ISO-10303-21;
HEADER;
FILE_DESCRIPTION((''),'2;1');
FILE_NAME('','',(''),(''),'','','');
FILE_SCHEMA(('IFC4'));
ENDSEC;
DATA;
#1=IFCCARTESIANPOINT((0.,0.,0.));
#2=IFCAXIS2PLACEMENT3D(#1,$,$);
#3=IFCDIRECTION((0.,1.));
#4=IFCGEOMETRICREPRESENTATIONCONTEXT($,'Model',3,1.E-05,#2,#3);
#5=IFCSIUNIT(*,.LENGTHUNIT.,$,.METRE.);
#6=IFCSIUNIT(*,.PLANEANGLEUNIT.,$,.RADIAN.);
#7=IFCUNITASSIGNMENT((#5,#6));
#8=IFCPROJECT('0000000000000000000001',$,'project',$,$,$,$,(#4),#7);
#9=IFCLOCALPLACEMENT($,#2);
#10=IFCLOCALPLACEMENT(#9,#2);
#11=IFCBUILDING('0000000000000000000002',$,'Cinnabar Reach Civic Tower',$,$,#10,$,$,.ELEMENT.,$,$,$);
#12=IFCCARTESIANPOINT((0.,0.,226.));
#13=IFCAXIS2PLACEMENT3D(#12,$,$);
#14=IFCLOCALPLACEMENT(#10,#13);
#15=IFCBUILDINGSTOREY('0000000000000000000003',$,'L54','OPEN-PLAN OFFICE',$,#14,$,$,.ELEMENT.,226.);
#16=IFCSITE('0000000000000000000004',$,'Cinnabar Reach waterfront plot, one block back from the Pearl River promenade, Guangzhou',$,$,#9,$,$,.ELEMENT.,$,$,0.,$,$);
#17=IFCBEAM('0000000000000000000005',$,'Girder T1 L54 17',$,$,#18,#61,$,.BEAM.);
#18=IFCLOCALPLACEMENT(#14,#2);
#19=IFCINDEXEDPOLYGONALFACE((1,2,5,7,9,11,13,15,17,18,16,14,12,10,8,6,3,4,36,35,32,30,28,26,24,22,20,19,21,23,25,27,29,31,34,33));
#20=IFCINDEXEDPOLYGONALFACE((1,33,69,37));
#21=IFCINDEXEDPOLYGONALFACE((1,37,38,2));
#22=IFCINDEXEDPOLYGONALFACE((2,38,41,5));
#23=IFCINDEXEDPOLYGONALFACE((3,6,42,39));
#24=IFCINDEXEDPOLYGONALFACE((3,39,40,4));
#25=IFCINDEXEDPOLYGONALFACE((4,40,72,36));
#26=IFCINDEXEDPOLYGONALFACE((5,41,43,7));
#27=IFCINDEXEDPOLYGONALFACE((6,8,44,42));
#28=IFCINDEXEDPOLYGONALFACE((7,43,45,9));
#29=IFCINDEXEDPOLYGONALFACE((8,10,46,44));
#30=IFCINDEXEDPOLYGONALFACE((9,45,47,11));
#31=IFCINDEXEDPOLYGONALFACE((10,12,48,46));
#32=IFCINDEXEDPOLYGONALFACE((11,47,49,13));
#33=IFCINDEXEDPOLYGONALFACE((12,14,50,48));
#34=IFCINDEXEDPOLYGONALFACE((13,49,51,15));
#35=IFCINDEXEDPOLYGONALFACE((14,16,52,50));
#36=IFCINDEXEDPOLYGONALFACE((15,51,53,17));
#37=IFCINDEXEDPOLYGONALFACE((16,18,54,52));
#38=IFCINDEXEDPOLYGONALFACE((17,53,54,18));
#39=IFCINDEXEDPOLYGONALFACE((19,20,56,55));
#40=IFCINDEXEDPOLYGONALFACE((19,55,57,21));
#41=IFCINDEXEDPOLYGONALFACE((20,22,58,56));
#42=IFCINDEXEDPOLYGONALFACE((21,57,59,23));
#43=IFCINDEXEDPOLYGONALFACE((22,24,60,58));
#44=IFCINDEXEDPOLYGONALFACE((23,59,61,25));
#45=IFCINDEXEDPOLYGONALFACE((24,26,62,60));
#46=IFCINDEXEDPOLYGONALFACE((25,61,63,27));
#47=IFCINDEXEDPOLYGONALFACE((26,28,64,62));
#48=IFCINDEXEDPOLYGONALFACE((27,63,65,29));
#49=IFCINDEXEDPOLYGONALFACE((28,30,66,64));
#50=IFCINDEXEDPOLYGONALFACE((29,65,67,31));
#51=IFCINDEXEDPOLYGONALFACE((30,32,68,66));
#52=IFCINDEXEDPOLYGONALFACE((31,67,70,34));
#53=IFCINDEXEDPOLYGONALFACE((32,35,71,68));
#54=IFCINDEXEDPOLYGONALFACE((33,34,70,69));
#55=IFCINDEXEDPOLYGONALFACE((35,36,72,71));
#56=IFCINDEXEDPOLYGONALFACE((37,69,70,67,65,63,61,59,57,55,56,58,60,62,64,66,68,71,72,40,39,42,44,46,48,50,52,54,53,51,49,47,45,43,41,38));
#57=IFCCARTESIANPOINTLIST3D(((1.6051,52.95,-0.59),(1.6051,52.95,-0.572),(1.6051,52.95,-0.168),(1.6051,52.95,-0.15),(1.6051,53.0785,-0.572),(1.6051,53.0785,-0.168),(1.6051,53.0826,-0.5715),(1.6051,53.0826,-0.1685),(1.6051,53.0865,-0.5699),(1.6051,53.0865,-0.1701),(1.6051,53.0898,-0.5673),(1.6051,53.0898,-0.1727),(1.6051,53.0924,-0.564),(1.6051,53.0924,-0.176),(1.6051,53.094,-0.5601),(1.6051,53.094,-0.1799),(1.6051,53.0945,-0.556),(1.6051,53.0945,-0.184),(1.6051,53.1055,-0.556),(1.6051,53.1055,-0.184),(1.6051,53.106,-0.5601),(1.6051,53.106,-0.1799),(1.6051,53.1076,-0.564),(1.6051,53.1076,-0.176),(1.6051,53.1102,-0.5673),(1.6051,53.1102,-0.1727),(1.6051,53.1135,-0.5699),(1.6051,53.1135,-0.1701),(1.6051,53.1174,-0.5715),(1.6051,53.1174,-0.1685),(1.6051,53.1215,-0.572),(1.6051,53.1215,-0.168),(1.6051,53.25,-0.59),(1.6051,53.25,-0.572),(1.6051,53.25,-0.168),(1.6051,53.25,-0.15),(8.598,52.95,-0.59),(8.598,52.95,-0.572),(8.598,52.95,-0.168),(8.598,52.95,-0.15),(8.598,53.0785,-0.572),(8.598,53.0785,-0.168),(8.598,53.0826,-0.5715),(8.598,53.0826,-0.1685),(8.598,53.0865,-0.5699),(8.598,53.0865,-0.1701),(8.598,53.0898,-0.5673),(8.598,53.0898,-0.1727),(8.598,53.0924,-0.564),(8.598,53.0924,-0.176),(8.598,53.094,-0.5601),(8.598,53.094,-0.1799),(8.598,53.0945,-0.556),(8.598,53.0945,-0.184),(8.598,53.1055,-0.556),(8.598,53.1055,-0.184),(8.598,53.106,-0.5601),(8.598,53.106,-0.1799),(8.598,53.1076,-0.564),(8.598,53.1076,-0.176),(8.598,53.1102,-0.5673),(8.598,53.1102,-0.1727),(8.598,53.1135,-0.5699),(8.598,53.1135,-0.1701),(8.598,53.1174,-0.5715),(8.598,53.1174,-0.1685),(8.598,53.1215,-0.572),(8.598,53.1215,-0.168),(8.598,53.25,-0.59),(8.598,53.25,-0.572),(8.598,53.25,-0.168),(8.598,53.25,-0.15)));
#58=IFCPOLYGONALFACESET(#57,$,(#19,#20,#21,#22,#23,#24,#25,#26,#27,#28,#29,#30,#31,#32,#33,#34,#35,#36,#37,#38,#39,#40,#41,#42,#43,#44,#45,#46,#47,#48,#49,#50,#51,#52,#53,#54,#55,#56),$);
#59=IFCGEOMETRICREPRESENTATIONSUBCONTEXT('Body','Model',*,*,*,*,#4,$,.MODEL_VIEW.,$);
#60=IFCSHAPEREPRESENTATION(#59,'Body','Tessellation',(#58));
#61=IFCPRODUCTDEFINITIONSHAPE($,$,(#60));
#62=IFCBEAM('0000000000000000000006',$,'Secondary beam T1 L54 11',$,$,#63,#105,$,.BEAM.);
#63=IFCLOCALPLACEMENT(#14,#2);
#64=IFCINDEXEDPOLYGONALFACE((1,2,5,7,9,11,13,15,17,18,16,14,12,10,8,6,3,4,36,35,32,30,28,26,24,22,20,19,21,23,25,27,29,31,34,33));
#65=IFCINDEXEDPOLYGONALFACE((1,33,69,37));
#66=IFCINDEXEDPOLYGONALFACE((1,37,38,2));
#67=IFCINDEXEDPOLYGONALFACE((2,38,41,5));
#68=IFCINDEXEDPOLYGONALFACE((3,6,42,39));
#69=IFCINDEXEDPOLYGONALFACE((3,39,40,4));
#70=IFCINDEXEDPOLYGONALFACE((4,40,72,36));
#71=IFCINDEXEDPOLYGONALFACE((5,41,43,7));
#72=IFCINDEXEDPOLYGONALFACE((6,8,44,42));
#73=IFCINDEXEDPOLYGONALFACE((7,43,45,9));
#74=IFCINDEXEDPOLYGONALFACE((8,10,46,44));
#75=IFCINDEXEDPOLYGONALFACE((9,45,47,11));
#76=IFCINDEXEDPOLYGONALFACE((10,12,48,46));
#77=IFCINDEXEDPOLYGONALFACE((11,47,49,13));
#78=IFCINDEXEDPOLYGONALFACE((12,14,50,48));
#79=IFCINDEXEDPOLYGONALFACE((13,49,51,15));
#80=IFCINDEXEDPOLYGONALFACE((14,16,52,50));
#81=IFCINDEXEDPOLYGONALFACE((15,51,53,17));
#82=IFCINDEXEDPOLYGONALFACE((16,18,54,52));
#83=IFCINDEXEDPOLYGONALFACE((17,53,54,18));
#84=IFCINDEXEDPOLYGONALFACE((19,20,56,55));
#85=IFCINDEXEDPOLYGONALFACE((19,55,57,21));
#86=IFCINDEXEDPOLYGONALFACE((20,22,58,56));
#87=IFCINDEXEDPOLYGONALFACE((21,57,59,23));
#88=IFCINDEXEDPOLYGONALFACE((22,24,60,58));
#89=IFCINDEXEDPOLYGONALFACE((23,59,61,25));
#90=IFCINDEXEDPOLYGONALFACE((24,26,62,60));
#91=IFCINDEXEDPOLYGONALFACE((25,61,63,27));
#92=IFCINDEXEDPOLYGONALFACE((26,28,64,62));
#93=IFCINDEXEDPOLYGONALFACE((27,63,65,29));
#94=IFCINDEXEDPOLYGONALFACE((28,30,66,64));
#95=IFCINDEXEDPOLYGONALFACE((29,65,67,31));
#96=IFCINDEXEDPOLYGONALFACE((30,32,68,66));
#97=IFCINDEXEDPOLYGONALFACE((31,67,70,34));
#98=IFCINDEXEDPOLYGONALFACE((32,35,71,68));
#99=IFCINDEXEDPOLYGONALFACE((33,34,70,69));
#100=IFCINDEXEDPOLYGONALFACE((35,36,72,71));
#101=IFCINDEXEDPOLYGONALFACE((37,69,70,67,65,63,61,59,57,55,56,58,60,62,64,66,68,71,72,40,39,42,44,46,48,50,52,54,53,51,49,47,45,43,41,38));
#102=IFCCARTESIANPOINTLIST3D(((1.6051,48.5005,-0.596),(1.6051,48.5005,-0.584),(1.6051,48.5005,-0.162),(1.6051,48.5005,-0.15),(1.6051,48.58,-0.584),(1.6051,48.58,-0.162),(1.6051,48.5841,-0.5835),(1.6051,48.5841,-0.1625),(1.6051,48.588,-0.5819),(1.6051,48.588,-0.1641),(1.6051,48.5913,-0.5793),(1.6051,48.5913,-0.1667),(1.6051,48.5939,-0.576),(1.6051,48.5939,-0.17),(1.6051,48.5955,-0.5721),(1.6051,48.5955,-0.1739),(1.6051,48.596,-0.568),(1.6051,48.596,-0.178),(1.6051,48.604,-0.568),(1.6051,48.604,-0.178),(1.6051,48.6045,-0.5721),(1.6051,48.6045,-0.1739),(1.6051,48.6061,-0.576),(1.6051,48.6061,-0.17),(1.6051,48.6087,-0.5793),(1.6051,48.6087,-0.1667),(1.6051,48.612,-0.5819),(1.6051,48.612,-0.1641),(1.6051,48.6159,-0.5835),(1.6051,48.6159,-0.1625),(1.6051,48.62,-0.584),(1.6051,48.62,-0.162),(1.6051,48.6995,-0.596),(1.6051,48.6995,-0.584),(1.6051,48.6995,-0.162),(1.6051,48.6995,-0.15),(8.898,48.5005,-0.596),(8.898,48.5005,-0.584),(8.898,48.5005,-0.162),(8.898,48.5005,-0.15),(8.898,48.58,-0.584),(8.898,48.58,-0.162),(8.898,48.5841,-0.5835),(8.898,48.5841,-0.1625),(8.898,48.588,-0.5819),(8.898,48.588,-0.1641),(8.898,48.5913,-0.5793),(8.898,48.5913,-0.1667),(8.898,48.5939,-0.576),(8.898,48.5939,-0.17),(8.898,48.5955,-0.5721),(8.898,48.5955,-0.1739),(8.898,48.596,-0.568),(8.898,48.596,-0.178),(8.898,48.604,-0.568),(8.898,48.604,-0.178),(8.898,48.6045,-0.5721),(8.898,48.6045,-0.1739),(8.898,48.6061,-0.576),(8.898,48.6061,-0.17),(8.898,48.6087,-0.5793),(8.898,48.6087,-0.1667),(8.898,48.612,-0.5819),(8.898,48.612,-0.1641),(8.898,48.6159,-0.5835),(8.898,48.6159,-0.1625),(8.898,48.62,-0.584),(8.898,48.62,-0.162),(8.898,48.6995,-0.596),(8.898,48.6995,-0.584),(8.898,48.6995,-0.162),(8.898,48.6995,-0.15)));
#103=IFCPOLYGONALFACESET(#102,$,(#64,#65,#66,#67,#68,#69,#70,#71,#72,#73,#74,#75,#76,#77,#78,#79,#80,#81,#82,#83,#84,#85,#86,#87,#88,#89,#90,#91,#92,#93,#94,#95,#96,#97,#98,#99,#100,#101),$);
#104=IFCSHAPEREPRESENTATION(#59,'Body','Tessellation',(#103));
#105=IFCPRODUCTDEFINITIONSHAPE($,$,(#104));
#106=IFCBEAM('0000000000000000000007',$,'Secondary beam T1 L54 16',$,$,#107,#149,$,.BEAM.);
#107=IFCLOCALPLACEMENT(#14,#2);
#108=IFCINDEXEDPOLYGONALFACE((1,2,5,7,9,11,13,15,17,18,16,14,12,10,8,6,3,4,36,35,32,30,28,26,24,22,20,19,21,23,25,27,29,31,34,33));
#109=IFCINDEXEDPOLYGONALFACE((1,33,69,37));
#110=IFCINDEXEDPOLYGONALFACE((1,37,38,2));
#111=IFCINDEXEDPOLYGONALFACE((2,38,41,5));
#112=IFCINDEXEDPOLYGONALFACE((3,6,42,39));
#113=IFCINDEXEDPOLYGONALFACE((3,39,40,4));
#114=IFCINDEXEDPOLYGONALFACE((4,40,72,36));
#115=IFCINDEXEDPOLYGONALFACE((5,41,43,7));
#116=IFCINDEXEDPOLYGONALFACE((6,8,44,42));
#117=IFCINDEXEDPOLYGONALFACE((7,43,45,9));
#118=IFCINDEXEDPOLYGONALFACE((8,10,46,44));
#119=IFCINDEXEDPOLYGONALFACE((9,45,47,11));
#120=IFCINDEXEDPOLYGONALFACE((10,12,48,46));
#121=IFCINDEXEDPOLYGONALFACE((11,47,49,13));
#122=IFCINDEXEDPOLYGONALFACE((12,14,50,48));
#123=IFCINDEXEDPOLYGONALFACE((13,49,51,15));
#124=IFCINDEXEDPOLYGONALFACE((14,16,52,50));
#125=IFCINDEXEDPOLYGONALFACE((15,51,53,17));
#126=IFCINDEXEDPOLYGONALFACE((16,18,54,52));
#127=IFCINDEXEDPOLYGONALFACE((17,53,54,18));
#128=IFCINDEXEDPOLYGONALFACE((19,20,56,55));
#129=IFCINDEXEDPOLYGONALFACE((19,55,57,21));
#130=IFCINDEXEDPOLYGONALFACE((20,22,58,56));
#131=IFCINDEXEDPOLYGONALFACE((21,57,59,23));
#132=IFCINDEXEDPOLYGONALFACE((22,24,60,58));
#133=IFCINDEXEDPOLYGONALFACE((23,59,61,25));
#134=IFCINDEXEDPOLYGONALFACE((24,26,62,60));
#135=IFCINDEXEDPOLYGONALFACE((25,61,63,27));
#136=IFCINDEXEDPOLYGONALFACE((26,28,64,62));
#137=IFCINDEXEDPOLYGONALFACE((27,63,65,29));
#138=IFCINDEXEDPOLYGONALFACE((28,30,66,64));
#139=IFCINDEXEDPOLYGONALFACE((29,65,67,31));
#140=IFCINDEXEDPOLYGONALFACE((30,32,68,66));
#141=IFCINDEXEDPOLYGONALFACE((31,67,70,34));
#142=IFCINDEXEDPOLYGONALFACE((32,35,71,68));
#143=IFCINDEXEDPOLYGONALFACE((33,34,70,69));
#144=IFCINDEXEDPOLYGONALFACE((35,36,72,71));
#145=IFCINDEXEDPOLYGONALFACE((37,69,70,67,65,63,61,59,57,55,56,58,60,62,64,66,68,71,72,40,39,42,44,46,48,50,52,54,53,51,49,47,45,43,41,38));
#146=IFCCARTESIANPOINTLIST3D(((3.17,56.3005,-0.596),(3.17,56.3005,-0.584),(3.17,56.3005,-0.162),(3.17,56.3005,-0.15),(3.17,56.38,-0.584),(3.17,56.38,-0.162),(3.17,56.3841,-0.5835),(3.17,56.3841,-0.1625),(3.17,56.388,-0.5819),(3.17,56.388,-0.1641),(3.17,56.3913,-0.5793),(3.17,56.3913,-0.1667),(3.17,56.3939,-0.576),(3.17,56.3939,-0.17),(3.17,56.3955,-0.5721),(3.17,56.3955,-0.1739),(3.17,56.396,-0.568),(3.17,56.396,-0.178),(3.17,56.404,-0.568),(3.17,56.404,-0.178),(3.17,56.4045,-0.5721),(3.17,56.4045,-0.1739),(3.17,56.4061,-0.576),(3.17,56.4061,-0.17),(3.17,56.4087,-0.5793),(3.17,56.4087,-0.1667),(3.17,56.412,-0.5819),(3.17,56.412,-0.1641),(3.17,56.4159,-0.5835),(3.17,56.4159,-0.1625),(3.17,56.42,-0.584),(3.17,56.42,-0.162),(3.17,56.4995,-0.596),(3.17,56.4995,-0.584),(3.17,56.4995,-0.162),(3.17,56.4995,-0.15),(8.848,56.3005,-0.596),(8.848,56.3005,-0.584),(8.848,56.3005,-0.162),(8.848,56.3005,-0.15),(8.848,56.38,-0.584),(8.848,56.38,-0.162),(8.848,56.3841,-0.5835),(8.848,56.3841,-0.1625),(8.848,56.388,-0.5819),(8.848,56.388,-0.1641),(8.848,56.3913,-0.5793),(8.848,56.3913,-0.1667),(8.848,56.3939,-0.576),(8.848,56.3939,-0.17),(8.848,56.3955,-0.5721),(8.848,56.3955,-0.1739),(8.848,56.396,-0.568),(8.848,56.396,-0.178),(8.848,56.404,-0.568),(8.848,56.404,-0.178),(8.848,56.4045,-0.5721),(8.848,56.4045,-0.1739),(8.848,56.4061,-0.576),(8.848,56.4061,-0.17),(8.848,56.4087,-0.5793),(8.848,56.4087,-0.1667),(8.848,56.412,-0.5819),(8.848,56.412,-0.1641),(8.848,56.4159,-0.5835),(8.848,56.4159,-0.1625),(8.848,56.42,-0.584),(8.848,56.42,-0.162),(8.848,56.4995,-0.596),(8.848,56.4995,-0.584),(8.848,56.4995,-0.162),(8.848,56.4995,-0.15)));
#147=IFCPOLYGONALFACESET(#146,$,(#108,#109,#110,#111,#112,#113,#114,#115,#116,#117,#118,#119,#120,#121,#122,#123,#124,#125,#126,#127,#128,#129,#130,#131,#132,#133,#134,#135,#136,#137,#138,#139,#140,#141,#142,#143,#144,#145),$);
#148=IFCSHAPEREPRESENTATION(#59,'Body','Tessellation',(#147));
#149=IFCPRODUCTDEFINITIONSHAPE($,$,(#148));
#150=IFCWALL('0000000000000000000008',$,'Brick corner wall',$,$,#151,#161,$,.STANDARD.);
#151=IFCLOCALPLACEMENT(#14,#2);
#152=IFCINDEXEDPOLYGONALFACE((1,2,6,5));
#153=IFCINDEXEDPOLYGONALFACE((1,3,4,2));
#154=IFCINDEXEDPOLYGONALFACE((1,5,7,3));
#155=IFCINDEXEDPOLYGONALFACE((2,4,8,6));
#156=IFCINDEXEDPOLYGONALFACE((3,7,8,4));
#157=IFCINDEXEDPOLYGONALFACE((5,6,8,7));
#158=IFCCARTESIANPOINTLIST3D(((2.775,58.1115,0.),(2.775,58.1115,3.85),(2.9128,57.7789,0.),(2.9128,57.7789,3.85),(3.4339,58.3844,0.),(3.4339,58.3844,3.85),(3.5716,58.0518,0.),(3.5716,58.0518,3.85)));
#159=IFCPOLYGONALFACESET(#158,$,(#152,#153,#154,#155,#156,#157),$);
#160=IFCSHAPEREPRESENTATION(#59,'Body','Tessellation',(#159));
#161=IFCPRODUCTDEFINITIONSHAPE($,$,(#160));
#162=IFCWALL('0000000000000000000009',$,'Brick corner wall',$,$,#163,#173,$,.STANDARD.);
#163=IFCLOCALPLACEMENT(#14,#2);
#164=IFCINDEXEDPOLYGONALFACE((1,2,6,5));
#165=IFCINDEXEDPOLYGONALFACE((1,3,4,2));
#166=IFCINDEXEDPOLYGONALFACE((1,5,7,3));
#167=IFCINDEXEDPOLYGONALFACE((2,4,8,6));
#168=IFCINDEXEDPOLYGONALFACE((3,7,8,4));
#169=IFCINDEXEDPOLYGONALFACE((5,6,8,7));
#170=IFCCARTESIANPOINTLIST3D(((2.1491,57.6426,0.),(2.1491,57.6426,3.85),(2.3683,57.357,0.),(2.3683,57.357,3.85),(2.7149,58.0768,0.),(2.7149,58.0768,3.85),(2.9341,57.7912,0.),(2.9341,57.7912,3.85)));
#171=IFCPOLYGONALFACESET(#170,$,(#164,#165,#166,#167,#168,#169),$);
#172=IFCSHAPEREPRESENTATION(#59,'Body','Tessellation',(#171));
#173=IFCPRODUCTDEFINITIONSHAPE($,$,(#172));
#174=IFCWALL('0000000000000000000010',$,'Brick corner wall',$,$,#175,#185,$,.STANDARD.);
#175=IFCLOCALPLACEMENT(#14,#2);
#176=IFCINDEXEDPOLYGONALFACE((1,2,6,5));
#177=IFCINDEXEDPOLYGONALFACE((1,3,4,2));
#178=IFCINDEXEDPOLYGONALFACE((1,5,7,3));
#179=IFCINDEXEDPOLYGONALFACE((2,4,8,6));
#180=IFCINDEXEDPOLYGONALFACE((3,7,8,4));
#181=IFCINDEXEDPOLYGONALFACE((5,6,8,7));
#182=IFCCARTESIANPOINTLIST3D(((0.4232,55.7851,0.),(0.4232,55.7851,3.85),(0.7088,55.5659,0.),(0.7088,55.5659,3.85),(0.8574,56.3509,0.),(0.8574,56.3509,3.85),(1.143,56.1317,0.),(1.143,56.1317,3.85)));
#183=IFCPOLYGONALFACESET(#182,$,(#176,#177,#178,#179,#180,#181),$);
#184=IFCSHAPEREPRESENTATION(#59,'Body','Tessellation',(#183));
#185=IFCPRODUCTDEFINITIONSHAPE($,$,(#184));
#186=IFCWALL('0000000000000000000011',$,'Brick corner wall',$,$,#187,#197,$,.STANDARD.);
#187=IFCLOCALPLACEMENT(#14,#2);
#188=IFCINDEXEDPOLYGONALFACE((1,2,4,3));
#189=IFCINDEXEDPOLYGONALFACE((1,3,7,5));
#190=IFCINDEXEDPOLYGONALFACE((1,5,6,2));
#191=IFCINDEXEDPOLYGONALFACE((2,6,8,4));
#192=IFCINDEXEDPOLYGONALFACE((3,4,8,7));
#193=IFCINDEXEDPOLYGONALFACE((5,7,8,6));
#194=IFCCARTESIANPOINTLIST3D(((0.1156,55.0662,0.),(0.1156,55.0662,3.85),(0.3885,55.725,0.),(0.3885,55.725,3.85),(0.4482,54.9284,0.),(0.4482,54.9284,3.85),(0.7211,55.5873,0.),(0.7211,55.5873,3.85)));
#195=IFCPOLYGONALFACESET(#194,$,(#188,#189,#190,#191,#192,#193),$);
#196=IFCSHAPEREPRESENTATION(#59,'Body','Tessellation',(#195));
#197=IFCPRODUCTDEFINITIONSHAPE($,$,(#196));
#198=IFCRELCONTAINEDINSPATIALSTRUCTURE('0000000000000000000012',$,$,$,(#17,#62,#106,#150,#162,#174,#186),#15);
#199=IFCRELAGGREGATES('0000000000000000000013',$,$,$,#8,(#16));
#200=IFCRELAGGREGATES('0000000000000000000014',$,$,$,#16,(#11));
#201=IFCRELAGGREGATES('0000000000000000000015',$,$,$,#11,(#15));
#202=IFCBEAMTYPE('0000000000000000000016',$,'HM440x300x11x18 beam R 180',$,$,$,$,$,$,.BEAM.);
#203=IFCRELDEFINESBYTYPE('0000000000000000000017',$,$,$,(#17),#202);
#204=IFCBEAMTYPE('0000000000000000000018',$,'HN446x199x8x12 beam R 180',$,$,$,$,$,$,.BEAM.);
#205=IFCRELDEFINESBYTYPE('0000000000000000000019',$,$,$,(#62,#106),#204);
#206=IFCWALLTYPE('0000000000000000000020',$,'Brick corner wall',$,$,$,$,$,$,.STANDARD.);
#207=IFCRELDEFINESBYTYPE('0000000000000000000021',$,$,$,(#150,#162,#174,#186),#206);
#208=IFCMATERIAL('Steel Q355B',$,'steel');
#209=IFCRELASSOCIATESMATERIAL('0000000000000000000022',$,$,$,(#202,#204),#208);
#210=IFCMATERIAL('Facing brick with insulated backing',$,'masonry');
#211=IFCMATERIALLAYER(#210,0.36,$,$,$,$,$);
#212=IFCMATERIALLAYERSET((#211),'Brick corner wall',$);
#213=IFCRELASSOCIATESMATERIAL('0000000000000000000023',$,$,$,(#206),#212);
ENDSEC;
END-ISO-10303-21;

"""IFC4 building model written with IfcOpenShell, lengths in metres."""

from ifc_helpers import new_model, si_unit, direction, frame, frame_2d, origin, origin_2d, place, context, subcontext, project, spatial, rectangle, i_section, extrude, material, layer, layer_set, material_profile, profile_set, type_object, element, save


model = new_model("IFC4")

# Units and contexts
model_context = context("Model", 3, precision=1e-05, world=origin(), true_north=direction((0.0, 1.0)))
body_context = subcontext(model_context, "Body", "Model", "MODEL_VIEW")
ifc_project = project(units=[si_unit("LENGTHUNIT", "METRE"), si_unit("PLANEANGLEUNIT", "RADIAN")], contexts=[model_context])

# Site, building, storey
site_placement = place(None, origin())
site = spatial("IfcSite", under=ifc_project, at=site_placement, Name="Cinnabar Reach waterfront plot, one block back from the Pearl River promenade, Guangzhou", CompositionType="ELEMENT", RefElevation=0.0)
building_placement = place(site_placement, origin())
building = spatial("IfcBuilding", under=site, at=building_placement, Name="Cinnabar Reach Civic Tower", CompositionType="ELEMENT")
storey_placement = place(building_placement, frame((0.0, 0.0, 226.0)))
storey = spatial("IfcBuildingStorey", under=building, at=storey_placement, Name="L54", Description="OPEN-PLAN OFFICE", CompositionType="ELEMENT", Elevation=226.0)

# Beams
ifc_material_1 = material(Name="Steel Q355B", Category="steel")
ifc_material_profile_1 = material_profile(ifc_material_1, i_section(OverallWidth=0.3, OverallDepth=0.44, WebThickness=0.011, FlangeThickness=0.018, FilletRadius=0.016, at=origin_2d()), Name="HM440x300x11x18")
ifc_profile_set_1 = profile_set([ifc_material_profile_1], Name="Steel Q355B")
beam_type_1 = type_object("IfcBeamType", Name="HM440x300x11x18 beam R 180", PredefinedType="BEAM", material=ifc_profile_set_1)
beam_1_placement = place(storey_placement, frame((1.6051, 53.1, -0.37), z_axis=(1.0, 0.0, 0.0), x_axis=(0.0, 1.0, 0.0)))
element("IfcBeam", 1, at=beam_1_placement, inside=storey, type_object=beam_type_1, Name="Girder T1 L54 17", PredefinedType="BEAM", context=body_context, shape_type="SweptSolid", body=[
    extrude(i_section(OverallWidth=0.3, OverallDepth=0.44, WebThickness=0.011, FlangeThickness=0.018, FilletRadius=0.016, at=origin_2d()), origin(), (0.0, 0.0, 1.0), 6.9929),
])
ifc_material_profile_2 = material_profile(ifc_material_1, i_section(OverallWidth=0.199, OverallDepth=0.446, WebThickness=0.008, FlangeThickness=0.012, FilletRadius=0.016, at=origin_2d()), Name="HN446x199x8x12")
ifc_profile_set_2 = profile_set([ifc_material_profile_2], Name="Steel Q355B")
beam_type_2 = type_object("IfcBeamType", Name="HN446x199x8x12 beam R 180", PredefinedType="BEAM", material=ifc_profile_set_2)
beam_2_placement = place(storey_placement, frame((1.6051, 48.6, -0.373), z_axis=(1.0, 0.0, 0.0), x_axis=(0.0, 1.0, 0.0)))
element("IfcBeam", 2, at=beam_2_placement, inside=storey, type_object=beam_type_2, Name="Secondary beam T1 L54 11", PredefinedType="BEAM", context=body_context, shape_type="SweptSolid", body=[
    extrude(i_section(OverallWidth=0.199, OverallDepth=0.446, WebThickness=0.008, FlangeThickness=0.012, FilletRadius=0.016, at=origin_2d()), origin(), (0.0, 0.0, 1.0), 7.2929),
])
beam_3_placement = place(storey_placement, frame((3.17, 56.4, -0.373), z_axis=(1.0, 0.0, 0.0), x_axis=(0.0, 1.0, 0.0)))
element("IfcBeam", 3, at=beam_3_placement, inside=storey, type_object=beam_type_2, Name="Secondary beam T1 L54 16", PredefinedType="BEAM", context=body_context, shape_type="SweptSolid", body=[
    extrude(i_section(OverallWidth=0.199, OverallDepth=0.446, WebThickness=0.008, FlangeThickness=0.012, FilletRadius=0.016, at=origin_2d()), origin(), (0.0, 0.0, 1.0), 5.678),
])

# Walls
ifc_material_2 = material(Name="Facing brick with insulated backing", Category="masonry")
ifc_layer_1 = layer(ifc_material_2, 0.36)
ifc_layer_set_1 = layer_set([ifc_layer_1], Name="Brick corner wall")
wall_type_1 = type_object("IfcWallType", Name="Brick corner wall", PredefinedType="STANDARD", material=ifc_layer_set_1)
wall_1_placement = place(storey_placement, frame((3.5027, 58.2181, 0.0), z_axis=(0.0, 0.0, 1.0), x_axis=(-0.923872, -0.382703, 0.0)))
element("IfcWall", 4, at=wall_1_placement, inside=storey, type_object=wall_type_1, Name="Brick corner wall", PredefinedType="STANDARD", context=body_context, shape_type="SweptSolid", body=[
    extrude(rectangle(XDim=0.7131, YDim=0.36, at=frame_2d((0.3565, 0.0))), origin(), (0.0, 0.0, 1.0), 3.85),
])
for number, where, z_axis, x_axis, name in (
    (5, (2.8245, 57.934, 0.0), (0.0, 0.0, 1.0), (-0.793322, -0.608802, 0.0), "Brick corner wall"),
    (6, (1.0002, 56.2413, 0.0), (0.0, 0.0, 1.0), (-0.608802, -0.793322, 0.0), "Brick corner wall"),
):
    element("IfcWall", number, at=place(storey_placement, frame(where, z_axis=z_axis, x_axis=x_axis)), inside=storey, type_object=wall_type_1, Name=name, PredefinedType="STANDARD", context=body_context, shape_type="SweptSolid", body=[
        extrude(rectangle(XDim=0.7132, YDim=0.36, at=frame_2d((0.3566, 0.0))), origin(), (0.0, 0.0, 1.0), 3.85),
    ])
for number, where, z_axis, x_axis, name in (
    (7, (0.5548, 55.6561, 0.0), (0.0, 0.0, 1.0), (-0.382703, -0.923872, 0.0), "Brick corner wall"),
):
    element("IfcWall", number, at=place(storey_placement, frame(where, z_axis=z_axis, x_axis=x_axis)), inside=storey, type_object=wall_type_1, Name=name, PredefinedType="STANDARD", context=body_context, shape_type="SweptSolid", body=[
        extrude(rectangle(XDim=0.7131, YDim=0.36, at=frame_2d((0.3565, 0.0))), origin(), (0.0, 0.0, 1.0), 3.85),
    ])

save(model, "model.ifc")
